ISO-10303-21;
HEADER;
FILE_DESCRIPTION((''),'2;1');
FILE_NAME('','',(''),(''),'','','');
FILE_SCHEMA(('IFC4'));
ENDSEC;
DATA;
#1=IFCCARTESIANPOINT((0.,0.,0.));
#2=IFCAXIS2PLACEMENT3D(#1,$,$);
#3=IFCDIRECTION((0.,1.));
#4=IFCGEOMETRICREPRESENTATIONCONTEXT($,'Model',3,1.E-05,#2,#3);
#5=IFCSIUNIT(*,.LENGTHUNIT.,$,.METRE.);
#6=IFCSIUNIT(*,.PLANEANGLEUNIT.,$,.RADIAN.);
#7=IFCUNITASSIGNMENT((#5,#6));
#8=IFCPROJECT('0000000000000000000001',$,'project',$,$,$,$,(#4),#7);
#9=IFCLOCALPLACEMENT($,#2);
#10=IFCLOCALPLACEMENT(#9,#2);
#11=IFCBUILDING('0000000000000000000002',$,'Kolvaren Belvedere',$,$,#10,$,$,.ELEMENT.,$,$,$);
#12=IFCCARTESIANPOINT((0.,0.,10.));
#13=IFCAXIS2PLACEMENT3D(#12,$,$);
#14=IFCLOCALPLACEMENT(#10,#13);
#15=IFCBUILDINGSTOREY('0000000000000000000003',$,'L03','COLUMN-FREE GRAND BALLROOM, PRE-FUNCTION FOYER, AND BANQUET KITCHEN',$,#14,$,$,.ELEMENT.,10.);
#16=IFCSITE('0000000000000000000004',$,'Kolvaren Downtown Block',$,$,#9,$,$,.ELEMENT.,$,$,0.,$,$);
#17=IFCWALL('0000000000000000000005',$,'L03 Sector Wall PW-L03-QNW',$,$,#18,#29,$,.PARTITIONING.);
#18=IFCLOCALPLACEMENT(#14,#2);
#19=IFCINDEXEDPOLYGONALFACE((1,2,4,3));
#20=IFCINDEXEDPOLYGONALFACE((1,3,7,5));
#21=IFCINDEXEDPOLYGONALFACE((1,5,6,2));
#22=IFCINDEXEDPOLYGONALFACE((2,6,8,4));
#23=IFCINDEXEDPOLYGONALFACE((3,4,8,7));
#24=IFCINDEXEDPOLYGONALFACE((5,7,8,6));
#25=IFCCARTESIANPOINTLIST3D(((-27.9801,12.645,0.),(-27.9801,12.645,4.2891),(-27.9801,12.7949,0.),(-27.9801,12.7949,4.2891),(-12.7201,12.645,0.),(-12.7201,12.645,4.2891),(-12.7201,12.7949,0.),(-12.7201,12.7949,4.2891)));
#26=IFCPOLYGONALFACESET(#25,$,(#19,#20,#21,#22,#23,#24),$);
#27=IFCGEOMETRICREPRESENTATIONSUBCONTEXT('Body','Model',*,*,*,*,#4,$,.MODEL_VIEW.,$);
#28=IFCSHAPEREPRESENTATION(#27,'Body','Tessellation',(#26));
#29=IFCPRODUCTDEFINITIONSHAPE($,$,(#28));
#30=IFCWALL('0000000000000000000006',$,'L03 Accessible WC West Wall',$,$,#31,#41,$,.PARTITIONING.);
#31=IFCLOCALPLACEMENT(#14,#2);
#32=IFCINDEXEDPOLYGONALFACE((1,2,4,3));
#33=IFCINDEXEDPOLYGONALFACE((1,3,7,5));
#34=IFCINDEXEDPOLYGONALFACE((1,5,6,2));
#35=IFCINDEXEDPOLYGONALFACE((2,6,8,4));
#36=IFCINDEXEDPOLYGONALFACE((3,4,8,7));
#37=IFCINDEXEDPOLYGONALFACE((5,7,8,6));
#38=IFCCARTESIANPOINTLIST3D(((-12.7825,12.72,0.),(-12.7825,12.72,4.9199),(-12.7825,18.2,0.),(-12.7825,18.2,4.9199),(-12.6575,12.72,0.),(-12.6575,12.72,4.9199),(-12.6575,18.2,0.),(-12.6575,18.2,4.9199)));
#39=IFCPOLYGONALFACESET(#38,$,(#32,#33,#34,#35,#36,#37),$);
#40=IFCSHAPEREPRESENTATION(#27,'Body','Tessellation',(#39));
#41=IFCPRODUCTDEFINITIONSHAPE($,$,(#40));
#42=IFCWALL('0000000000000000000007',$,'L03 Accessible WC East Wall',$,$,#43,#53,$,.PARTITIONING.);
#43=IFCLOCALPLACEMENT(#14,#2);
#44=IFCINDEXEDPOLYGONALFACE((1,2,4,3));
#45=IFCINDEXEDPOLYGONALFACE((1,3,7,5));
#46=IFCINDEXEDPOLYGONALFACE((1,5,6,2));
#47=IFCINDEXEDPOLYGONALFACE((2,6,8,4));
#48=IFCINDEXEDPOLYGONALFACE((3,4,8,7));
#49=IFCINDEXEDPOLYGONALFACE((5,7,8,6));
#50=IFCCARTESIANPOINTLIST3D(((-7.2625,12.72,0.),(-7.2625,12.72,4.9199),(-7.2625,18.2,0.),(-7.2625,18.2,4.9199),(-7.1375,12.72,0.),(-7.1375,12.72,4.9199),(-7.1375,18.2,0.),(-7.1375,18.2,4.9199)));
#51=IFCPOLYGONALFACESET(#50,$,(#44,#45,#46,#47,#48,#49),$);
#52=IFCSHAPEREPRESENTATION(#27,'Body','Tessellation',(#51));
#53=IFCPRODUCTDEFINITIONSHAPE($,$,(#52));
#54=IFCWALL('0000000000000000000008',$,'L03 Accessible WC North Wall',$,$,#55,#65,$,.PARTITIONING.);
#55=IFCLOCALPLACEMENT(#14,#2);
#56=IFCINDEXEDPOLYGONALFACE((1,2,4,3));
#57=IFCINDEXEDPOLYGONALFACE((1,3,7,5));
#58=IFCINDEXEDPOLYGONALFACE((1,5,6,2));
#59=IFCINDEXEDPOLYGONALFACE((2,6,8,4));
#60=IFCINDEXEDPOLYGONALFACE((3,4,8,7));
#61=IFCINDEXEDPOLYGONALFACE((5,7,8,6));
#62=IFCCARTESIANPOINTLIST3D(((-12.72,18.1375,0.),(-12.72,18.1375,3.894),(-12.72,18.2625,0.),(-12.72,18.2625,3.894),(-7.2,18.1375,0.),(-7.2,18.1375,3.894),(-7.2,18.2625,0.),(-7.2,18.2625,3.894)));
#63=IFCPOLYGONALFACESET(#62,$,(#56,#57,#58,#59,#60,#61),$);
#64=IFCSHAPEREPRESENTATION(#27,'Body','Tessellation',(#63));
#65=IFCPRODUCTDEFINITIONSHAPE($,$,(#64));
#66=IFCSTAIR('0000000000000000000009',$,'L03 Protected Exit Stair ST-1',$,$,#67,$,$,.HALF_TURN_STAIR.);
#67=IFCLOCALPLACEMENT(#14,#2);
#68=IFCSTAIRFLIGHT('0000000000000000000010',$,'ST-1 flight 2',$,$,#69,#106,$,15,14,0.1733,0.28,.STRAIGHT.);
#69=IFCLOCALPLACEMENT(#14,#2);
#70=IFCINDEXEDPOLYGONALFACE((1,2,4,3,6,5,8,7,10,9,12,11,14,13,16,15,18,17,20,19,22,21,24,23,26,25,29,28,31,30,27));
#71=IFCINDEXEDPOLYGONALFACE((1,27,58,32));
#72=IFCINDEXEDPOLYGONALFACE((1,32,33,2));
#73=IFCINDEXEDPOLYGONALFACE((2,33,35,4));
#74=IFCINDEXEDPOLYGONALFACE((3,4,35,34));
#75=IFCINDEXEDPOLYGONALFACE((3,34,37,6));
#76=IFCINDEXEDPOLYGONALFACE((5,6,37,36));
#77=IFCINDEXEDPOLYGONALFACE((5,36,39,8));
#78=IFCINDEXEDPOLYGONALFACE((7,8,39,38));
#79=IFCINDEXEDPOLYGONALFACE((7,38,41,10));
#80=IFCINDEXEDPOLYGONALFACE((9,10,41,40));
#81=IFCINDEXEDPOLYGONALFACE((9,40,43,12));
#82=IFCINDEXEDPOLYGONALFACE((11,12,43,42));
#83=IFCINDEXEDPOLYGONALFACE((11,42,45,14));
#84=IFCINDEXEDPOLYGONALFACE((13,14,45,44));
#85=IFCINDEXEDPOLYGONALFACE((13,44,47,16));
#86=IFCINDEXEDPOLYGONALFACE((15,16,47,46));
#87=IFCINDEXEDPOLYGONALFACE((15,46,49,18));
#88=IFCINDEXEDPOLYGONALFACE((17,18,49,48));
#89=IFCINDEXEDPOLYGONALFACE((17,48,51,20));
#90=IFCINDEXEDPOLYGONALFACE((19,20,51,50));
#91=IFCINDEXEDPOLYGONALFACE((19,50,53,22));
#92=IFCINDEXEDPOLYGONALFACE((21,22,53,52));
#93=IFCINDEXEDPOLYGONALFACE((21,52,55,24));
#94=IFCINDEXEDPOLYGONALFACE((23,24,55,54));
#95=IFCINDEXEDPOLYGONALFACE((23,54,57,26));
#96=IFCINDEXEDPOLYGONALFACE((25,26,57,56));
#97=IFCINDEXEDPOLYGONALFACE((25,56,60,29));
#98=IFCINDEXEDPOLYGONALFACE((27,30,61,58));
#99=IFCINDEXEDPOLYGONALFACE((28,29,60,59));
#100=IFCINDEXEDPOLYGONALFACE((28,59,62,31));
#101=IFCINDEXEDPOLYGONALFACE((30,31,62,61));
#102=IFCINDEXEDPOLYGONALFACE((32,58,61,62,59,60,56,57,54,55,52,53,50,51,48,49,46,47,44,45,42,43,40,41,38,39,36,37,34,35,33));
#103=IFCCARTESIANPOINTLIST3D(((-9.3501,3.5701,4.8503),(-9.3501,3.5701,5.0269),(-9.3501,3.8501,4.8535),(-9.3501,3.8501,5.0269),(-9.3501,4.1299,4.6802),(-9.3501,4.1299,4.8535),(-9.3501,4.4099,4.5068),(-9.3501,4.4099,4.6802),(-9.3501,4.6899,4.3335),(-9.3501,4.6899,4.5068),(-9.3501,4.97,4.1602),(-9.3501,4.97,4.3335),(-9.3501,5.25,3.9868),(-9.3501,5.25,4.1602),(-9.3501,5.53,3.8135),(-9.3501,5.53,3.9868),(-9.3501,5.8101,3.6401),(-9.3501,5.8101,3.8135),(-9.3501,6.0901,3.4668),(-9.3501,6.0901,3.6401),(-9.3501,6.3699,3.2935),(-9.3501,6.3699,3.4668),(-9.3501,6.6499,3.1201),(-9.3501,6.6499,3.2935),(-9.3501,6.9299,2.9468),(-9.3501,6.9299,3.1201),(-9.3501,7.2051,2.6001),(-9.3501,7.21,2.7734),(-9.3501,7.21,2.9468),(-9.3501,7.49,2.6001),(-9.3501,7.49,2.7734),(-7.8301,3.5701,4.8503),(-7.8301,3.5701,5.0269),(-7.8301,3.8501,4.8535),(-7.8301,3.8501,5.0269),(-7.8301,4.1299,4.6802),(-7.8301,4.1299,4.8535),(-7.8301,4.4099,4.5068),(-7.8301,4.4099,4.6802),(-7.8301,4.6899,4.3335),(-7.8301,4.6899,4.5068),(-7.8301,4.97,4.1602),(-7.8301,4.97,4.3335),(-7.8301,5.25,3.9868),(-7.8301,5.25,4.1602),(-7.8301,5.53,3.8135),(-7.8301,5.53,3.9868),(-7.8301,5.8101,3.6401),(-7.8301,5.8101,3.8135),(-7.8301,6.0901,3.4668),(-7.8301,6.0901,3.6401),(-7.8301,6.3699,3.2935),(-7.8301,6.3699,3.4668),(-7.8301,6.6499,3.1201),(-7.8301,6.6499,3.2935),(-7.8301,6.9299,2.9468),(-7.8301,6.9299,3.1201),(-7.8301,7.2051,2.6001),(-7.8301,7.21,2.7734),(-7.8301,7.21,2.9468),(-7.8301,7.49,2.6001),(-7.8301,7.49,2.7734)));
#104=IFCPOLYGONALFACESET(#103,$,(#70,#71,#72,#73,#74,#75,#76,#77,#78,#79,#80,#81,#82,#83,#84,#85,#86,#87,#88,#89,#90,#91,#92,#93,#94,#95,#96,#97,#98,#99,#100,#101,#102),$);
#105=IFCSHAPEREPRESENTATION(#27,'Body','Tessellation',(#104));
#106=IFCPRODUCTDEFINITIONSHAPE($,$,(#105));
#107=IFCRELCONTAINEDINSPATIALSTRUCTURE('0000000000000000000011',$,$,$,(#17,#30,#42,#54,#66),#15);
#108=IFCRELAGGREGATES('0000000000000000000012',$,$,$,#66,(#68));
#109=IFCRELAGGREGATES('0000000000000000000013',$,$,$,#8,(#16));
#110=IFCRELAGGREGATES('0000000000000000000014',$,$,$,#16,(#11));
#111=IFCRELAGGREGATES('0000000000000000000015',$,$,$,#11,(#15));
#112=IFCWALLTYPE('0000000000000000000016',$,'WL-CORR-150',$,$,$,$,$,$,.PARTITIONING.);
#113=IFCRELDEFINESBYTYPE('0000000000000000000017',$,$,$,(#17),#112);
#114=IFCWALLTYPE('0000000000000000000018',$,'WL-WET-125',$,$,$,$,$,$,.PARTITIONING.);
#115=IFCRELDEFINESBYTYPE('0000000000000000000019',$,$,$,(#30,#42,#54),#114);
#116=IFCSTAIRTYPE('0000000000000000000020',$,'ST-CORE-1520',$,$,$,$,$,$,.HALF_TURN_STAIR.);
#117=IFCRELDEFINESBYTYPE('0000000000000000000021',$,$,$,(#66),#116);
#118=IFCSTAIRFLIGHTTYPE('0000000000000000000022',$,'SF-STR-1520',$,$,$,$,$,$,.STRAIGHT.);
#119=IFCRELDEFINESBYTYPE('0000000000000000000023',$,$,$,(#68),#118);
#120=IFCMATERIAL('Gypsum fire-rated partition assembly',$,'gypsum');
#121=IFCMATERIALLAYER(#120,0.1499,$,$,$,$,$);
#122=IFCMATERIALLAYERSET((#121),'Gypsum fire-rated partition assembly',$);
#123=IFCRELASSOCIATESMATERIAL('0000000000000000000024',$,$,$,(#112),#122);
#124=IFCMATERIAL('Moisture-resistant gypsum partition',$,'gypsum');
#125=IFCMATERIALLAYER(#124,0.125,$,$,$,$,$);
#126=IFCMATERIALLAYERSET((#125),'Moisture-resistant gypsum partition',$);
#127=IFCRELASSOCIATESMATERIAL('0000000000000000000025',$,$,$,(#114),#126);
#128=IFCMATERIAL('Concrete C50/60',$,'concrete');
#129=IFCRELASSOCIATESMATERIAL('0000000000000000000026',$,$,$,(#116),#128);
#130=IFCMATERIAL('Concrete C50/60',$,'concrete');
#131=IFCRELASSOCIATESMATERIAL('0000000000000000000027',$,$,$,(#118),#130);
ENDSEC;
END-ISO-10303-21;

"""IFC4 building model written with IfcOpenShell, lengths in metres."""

from ifc_helpers import new_model, si_unit, direction, frame, frame_2d, origin, place, context, subcontext, project, spatial, polyline, rectangle, outline, extrude, material, layer, layer_set, type_object, element, aggregate, save


model = new_model("IFC4")

# Units and contexts
model_context = context("Model", 3, precision=1e-05, world=origin(), true_north=direction((0.0, 1.0)))
body_context = subcontext(model_context, "Body", "Model", "MODEL_VIEW")
ifc_project = project(units=[si_unit("LENGTHUNIT", "METRE"), si_unit("PLANEANGLEUNIT", "RADIAN")], contexts=[model_context])

# Site, building, storey
site_placement = place(None, origin())
site = spatial("IfcSite", under=ifc_project, at=site_placement, Name="Kolvaren Downtown Block", CompositionType="ELEMENT", RefElevation=0.0)
building_placement = place(site_placement, origin())
building = spatial("IfcBuilding", under=site, at=building_placement, Name="Kolvaren Belvedere", CompositionType="ELEMENT")
storey_placement = place(building_placement, frame((0.0, 0.0, 10.0)))
storey = spatial("IfcBuildingStorey", under=building, at=storey_placement, Name="L03", Description="COLUMN-FREE GRAND BALLROOM, PRE-FUNCTION FOYER, AND BANQUET KITCHEN", CompositionType="ELEMENT", Elevation=10.0)

# Shared definitions
ifc_material_1 = material(Name="Gypsum fire-rated partition assembly", Category="gypsum")
ifc_layer_1 = layer(ifc_material_1, 0.1499)
ifc_layer_set_1 = layer_set([ifc_layer_1], Name="Gypsum fire-rated partition assembly")
wall_type_1 = type_object("IfcWallType", Name="WL-CORR-150", PredefinedType="PARTITIONING", material=ifc_layer_set_1)

# Walls
wall_1_placement = place(storey_placement, frame((-27.98, 12.72, 0.0), z_axis=(0.0, 0.0, 1.0), x_axis=(1.0, 0.0, 0.0)))
element("IfcWall", 1, at=wall_1_placement, inside=storey, type_object=wall_type_1, Name="L03 Sector Wall PW-L03-QNW", PredefinedType="PARTITIONING", context=body_context, shape_type="SweptSolid", body=[
    extrude(rectangle(XDim=15.26, YDim=0.1499, at=frame_2d((7.6299, 0.0))), origin(), (0.0, 0.0, 1.0), 4.2891),
])
ifc_material_2 = material(Name="Moisture-resistant gypsum partition", Category="gypsum")
ifc_layer_2 = layer(ifc_material_2, 0.125)
ifc_layer_set_2 = layer_set([ifc_layer_2], Name="Moisture-resistant gypsum partition")
wall_type_2 = type_object("IfcWallType", Name="WL-WET-125", PredefinedType="PARTITIONING", material=ifc_layer_set_2)
for number, where, z_axis, x_axis, name in (
    (2, (-12.72, 12.72, 0.0), (0.0, 0.0, 1.0), (0.0, 1.0, 0.0), "L03 Accessible WC West Wall"),
    (3, (-7.2, 12.72, 0.0), (0.0, 0.0, 1.0), (0.0, 1.0, 0.0), "L03 Accessible WC East Wall"),
):
    element("IfcWall", number, at=place(storey_placement, frame(where, z_axis=z_axis, x_axis=x_axis)), inside=storey, type_object=wall_type_2, Name=name, PredefinedType="PARTITIONING", context=body_context, shape_type="SweptSolid", body=[
        extrude(rectangle(XDim=5.48, YDim=0.125, at=frame_2d((2.74, 0.0))), origin(), (0.0, 0.0, 1.0), 4.9199),
    ])
wall_2_placement = place(storey_placement, frame((-12.72, 18.2, 0.0), z_axis=(0.0, 0.0, 1.0), x_axis=(1.0, 0.0, 0.0)))
element("IfcWall", 4, at=wall_2_placement, inside=storey, type_object=wall_type_2, Name="L03 Accessible WC North Wall", PredefinedType="PARTITIONING", context=body_context, shape_type="SweptSolid", body=[
    extrude(rectangle(XDim=5.52, YDim=0.125, at=frame_2d((2.76, 0.0))), origin(), (0.0, 0.0, 1.0), 3.894),
])

# Stair, stair flight
ifc_material_3 = material(Name="Concrete C50/60", Category="concrete")
stair_type = type_object("IfcStairType", Name="ST-CORE-1520", PredefinedType="HALF_TURN_STAIR", material=ifc_material_3)
stair_placement = place(storey_placement, origin())
stair = element("IfcStair", 5, at=stair_placement, inside=storey, type_object=stair_type, Name="L03 Protected Exit Stair ST-1", PredefinedType="HALF_TURN_STAIR")
ifc_material_4 = material(Name="Concrete C50/60", Category="concrete")
stair_flight_type = type_object("IfcStairFlightType", Name="SF-STR-1520", PredefinedType="STRAIGHT", material=ifc_material_4)
stair_flight_placement = place(storey_placement, frame((-8.5901, 7.49, 2.6001), z_axis=(0.0, 0.0, 1.0), x_axis=(0.0, -1.0, 0.0)))
stair_flight = element("IfcStairFlight", 6, at=stair_flight_placement, type_object=stair_flight_type, Name="ST-1 flight 2", NumberOfRisers=15, NumberOfTreads=14, PredefinedType="STRAIGHT", RiserHeight=0.1733, TreadLength=0.28, context=body_context, shape_type="SweptSolid", body=[
    extrude(outline(polyline([(0.0, 0.0), (0.0, 0.1733), (0.28, 0.1733), (0.28, 0.3467), (0.5601, 0.3467), (0.5601, 0.52), (0.8401, 0.52), (0.8401, 0.6934), (1.1201, 0.6934), (1.1201, 0.8667), (1.3999, 0.8667), (1.3999, 1.04), (1.6799, 1.04), (1.6799, 1.2134), (1.96, 1.2134), (1.96, 1.3867), (2.24, 1.3867), (2.24, 1.5601), (2.52, 1.5601), (2.52, 1.7334), (2.8, 1.7334), (2.8, 1.9067), (3.0801, 1.9067), (3.0801, 2.0801), (3.3601, 2.0801), (3.3601, 2.2534), (3.6399, 2.2534), (3.6399, 2.4268), (3.9199, 2.4268), (3.9199, 2.6001), (3.9199, 2.2502), (0.2849, 0.0), (0.0, 0.0)])), frame((0.0, 0.76, 0.0), z_axis=(0.0, -1.0, 0.0), x_axis=(1.0, 0.0, 0.0)), (0.0, 0.0, 1.0), 1.52),
])
aggregate(stair, [stair_flight])

save(model, "model.ifc")
